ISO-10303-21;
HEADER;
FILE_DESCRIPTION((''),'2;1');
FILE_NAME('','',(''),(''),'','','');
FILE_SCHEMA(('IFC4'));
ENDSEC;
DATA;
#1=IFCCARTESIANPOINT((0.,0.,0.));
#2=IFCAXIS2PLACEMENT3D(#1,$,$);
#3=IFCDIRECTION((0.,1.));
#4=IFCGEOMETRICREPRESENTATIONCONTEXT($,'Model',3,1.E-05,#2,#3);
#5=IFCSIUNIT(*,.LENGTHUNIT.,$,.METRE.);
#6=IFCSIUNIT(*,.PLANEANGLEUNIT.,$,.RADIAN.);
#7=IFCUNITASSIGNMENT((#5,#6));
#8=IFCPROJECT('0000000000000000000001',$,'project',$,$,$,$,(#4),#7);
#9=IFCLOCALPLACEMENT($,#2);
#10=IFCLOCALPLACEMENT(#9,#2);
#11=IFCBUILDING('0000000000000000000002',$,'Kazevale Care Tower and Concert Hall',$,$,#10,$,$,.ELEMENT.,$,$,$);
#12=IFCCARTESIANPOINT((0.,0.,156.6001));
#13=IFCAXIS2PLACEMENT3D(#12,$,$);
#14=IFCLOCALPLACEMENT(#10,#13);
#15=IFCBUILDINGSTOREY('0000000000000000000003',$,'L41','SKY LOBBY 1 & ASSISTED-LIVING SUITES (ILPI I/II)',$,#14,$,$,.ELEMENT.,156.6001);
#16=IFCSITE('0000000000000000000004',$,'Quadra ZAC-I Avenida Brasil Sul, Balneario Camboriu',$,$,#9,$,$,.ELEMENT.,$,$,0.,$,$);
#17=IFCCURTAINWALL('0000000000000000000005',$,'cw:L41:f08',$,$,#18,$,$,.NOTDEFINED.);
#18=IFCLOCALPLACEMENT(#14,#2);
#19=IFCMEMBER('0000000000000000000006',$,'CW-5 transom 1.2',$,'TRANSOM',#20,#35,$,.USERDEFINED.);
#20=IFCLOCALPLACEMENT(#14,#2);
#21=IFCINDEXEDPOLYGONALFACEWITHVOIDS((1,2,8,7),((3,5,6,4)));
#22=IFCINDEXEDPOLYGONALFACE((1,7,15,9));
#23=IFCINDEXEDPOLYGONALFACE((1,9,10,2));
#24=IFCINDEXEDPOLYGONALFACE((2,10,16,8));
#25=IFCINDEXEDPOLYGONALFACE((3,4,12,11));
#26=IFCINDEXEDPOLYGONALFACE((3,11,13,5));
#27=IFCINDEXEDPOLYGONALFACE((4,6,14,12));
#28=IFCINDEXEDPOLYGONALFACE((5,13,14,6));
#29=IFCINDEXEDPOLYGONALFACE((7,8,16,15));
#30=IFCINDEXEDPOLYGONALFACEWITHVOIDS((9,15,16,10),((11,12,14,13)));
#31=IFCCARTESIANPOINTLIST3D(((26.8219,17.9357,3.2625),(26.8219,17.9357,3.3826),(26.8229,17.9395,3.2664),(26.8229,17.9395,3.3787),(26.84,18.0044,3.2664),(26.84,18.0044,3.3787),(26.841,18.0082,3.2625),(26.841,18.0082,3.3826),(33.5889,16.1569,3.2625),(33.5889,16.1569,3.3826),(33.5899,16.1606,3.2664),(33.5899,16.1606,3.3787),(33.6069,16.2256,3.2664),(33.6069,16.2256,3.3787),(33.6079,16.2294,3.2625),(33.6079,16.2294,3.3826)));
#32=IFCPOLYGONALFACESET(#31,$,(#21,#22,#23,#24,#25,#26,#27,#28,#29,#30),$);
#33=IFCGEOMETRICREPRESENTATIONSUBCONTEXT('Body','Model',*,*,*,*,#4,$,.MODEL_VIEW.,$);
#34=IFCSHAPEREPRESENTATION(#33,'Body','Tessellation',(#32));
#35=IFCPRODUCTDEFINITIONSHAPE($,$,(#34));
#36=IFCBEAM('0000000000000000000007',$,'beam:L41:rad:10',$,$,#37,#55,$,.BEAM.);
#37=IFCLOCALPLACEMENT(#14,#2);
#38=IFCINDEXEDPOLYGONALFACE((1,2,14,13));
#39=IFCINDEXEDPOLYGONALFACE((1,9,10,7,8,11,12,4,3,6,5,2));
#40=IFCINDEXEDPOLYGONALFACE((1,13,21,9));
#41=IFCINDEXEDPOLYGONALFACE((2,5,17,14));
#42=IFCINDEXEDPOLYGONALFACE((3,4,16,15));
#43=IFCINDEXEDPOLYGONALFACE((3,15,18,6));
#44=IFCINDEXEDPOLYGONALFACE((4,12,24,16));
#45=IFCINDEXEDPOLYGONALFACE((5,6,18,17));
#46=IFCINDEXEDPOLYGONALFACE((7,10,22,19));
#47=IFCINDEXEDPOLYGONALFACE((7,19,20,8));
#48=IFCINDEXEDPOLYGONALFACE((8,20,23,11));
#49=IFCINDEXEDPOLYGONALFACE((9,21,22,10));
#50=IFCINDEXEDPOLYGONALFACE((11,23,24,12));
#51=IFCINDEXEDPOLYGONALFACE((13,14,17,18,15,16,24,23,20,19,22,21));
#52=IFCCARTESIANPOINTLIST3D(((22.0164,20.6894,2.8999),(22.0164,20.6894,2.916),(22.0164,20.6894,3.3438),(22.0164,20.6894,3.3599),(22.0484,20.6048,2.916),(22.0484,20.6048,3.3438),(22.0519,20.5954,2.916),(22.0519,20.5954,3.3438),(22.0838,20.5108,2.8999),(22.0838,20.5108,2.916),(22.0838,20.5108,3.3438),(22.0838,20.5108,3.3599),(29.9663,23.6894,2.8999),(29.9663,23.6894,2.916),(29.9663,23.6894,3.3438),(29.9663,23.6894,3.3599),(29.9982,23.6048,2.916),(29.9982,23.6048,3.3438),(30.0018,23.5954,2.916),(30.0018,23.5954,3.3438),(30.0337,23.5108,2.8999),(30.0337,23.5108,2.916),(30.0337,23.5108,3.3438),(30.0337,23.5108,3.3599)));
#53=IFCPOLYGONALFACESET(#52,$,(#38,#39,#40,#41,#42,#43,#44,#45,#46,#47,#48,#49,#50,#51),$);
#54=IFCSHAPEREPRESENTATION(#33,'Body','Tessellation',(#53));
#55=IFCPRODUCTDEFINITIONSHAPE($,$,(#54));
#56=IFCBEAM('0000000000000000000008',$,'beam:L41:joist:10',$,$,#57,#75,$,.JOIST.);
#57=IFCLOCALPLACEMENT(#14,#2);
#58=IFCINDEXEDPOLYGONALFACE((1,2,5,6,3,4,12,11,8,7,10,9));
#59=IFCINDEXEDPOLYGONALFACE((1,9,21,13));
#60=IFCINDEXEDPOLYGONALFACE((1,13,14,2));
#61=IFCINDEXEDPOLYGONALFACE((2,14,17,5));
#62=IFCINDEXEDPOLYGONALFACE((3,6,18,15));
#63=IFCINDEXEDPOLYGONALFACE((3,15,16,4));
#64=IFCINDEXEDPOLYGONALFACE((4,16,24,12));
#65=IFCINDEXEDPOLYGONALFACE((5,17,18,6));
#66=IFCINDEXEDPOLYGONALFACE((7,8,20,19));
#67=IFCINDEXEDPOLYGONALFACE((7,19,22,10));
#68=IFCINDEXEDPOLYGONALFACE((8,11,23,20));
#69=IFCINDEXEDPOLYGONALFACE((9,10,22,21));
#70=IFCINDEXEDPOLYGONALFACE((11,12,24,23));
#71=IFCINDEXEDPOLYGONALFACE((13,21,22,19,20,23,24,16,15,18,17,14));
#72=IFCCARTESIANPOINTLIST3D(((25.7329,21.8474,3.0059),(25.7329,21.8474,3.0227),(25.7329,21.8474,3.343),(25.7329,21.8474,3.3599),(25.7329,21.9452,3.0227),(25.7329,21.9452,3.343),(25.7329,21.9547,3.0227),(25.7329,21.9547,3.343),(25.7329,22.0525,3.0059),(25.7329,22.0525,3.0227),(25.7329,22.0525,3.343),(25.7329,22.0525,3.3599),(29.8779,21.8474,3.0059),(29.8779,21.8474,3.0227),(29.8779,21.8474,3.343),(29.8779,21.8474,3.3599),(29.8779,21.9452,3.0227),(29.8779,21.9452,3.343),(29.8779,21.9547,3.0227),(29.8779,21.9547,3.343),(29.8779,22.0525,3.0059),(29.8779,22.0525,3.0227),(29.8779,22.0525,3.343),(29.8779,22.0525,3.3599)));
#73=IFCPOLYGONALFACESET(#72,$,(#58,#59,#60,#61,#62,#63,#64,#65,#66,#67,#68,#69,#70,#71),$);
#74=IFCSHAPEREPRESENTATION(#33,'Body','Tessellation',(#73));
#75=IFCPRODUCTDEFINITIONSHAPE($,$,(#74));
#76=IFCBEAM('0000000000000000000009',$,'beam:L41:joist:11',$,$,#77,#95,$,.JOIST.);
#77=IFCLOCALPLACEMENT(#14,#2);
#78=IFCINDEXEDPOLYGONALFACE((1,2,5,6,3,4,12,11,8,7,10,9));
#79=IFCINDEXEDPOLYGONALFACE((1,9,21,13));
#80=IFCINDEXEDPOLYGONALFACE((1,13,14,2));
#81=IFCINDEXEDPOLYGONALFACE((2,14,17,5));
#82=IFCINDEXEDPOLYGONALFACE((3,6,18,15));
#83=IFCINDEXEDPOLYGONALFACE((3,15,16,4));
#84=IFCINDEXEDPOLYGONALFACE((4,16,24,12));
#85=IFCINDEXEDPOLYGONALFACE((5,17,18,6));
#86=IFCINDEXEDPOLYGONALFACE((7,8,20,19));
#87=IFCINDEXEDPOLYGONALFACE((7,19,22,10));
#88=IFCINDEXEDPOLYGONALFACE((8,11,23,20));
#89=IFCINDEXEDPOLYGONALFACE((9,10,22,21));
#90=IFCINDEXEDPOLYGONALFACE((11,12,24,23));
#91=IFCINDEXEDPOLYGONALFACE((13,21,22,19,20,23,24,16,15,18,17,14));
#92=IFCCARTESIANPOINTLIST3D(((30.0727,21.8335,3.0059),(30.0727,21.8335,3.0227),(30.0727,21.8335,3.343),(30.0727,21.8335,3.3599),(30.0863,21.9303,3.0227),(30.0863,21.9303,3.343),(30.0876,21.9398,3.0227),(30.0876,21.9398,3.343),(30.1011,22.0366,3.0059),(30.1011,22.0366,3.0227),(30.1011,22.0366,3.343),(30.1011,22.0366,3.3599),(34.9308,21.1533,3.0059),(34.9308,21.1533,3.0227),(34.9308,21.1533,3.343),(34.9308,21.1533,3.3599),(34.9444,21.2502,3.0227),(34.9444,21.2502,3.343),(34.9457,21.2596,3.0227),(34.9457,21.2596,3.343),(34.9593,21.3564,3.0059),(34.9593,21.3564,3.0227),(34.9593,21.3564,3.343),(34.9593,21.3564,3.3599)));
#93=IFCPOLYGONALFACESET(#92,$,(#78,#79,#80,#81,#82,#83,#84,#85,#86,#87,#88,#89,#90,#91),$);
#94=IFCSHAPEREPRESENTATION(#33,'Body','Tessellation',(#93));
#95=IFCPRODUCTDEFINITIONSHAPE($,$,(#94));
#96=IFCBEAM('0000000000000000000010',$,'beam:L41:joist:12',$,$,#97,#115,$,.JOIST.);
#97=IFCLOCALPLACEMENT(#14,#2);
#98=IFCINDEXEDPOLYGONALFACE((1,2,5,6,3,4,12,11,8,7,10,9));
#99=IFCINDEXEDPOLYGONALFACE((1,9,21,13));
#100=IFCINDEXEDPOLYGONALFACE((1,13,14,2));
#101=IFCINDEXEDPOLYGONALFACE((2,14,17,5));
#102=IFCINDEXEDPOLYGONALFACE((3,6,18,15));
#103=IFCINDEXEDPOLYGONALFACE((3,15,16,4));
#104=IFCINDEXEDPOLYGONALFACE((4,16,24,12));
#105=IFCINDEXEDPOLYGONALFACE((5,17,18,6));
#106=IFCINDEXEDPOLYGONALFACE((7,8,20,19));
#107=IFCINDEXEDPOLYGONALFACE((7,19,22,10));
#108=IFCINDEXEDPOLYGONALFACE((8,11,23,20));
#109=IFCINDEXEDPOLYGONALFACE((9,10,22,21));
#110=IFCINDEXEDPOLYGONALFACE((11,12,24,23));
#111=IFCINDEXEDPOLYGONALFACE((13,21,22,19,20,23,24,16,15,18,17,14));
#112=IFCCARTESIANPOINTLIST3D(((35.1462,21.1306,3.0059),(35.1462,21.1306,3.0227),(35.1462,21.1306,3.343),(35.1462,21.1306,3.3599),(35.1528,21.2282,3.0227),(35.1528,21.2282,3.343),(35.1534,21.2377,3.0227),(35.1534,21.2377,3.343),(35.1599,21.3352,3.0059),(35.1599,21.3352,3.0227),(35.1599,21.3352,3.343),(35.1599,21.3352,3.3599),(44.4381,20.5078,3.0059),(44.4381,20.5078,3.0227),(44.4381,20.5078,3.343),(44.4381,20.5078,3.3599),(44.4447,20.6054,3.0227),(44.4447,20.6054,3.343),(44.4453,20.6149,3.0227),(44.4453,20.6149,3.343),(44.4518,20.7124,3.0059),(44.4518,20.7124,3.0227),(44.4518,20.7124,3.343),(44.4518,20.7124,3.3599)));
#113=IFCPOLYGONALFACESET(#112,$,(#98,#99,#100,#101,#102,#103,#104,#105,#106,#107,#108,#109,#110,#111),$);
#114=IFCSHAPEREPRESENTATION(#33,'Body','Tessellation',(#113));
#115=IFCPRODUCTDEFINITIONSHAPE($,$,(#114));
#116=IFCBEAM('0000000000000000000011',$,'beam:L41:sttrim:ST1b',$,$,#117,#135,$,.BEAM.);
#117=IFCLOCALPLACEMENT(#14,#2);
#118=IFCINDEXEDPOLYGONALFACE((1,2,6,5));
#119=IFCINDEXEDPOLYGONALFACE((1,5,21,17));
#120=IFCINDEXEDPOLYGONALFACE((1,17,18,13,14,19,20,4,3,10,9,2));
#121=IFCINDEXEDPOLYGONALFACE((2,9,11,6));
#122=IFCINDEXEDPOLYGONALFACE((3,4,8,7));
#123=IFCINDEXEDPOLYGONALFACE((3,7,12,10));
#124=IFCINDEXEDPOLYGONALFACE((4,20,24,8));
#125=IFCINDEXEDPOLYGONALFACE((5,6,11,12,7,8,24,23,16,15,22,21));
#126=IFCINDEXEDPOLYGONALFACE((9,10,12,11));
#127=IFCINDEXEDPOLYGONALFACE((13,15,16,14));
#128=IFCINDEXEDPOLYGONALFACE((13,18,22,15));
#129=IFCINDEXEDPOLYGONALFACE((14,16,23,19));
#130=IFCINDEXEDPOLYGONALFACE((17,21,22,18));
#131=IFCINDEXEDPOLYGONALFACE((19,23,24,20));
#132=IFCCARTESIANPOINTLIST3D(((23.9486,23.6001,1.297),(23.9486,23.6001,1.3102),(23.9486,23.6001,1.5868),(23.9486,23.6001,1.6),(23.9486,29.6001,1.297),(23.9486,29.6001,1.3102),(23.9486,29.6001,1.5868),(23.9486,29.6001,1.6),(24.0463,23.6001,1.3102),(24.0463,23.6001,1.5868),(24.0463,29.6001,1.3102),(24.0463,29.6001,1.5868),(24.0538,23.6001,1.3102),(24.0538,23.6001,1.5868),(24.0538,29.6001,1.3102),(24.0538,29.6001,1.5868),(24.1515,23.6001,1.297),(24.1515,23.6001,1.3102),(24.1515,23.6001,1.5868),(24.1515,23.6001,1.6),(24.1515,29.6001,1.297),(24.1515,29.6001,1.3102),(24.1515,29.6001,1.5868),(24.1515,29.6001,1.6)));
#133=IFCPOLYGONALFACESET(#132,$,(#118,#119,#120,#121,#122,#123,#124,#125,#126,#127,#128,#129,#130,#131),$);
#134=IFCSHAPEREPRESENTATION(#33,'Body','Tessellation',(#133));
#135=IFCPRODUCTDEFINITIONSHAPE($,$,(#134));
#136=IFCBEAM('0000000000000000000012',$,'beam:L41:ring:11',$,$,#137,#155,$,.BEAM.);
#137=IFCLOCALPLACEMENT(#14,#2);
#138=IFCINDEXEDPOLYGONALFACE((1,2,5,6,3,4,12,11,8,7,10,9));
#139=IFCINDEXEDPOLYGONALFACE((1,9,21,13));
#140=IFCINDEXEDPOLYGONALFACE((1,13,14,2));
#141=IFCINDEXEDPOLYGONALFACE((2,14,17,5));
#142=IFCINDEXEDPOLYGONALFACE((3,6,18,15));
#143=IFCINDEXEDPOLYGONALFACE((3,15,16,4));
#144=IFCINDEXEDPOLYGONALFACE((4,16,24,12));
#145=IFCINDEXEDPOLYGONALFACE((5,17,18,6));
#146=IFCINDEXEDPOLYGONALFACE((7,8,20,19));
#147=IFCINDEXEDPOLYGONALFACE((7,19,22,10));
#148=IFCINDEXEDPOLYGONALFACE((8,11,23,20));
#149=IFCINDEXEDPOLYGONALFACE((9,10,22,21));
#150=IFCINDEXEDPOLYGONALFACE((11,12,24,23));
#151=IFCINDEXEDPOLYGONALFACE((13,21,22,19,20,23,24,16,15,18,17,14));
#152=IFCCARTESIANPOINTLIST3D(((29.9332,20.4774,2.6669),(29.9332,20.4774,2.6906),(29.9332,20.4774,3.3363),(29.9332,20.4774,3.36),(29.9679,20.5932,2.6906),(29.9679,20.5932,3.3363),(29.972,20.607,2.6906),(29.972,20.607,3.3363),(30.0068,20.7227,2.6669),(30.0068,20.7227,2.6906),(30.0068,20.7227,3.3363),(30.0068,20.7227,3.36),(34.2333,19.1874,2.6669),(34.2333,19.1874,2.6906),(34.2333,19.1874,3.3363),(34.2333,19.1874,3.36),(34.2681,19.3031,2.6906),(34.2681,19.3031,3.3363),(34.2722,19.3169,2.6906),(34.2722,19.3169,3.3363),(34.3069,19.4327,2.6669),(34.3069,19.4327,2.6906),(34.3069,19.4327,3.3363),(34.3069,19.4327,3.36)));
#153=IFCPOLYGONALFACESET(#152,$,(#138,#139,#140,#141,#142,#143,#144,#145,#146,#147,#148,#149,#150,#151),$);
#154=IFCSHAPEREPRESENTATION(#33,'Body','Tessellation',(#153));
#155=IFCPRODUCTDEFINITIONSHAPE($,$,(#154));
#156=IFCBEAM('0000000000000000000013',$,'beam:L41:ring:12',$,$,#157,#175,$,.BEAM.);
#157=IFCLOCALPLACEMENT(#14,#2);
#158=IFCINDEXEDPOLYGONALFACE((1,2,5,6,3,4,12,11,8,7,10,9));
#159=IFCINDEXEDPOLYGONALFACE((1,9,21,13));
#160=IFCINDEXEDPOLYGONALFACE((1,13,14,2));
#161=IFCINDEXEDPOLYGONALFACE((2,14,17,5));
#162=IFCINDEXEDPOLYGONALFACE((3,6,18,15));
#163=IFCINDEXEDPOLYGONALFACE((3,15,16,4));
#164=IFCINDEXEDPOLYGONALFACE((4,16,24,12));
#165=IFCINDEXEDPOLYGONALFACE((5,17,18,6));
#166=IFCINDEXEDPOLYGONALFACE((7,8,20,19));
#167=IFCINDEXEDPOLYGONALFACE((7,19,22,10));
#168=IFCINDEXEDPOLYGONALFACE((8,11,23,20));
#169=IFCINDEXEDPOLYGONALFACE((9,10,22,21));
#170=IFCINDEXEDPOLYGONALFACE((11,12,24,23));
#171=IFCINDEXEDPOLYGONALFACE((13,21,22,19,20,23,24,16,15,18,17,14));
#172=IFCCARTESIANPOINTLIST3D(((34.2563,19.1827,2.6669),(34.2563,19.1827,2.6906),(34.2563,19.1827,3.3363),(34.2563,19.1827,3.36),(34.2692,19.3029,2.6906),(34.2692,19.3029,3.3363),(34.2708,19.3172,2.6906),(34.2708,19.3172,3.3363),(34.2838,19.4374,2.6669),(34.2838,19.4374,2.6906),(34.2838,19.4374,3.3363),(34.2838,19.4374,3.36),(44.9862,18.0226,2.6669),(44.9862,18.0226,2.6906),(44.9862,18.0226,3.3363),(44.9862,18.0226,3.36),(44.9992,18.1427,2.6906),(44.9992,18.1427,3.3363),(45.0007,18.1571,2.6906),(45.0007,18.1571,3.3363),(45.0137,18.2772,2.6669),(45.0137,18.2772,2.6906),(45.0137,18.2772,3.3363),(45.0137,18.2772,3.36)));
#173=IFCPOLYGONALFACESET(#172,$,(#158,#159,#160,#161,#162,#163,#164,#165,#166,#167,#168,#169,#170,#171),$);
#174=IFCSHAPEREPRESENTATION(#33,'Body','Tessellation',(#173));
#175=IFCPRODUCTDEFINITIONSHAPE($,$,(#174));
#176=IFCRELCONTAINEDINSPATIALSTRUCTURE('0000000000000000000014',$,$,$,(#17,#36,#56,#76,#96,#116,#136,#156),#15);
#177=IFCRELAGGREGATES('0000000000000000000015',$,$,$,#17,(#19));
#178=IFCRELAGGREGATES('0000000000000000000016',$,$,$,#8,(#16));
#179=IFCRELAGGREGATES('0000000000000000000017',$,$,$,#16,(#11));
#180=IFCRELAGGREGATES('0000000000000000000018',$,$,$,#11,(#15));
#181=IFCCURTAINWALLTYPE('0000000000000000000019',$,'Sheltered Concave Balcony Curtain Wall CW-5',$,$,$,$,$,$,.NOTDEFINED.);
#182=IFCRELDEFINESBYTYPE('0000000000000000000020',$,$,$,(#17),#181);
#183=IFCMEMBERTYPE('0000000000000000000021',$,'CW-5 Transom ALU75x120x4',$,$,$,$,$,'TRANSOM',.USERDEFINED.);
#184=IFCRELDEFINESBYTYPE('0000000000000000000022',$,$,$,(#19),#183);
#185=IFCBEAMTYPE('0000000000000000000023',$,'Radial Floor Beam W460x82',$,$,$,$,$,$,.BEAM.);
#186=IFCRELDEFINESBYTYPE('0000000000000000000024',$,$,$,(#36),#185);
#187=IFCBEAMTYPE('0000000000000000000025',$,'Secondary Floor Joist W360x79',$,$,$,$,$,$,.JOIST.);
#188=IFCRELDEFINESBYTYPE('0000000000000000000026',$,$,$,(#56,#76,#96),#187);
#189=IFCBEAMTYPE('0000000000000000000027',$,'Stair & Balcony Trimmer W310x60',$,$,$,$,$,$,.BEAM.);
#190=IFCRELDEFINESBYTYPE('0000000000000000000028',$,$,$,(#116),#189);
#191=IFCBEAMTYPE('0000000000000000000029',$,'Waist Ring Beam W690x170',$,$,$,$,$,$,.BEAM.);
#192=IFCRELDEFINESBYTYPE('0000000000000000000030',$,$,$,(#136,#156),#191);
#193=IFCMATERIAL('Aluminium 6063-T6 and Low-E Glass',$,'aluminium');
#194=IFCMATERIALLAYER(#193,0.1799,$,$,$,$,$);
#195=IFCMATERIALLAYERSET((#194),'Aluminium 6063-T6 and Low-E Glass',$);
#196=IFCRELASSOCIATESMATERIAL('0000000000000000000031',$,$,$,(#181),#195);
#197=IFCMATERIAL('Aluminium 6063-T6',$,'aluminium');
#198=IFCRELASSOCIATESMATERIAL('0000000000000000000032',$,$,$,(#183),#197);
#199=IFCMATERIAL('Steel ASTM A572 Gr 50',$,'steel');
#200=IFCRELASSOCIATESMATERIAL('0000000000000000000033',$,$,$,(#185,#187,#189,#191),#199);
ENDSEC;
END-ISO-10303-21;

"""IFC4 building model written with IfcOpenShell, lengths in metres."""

from ifc_helpers import new_model, si_unit, direction, frame, origin, origin_2d, place, context, subcontext, project, spatial, hollow_rectangle, i_section, extrude, material, layer, layer_set, material_profile, profile_set, type_object, element, aggregate, save


model = new_model("IFC4")

# Units and contexts
model_context = context("Model", 3, precision=1e-05, world=origin(), true_north=direction((0.0, 1.0)))
body_context = subcontext(model_context, "Body", "Model", "MODEL_VIEW")
ifc_project = project(units=[si_unit("LENGTHUNIT", "METRE"), si_unit("PLANEANGLEUNIT", "RADIAN")], contexts=[model_context])

# Site, building, storey
site_placement = place(None, origin())
site = spatial("IfcSite", under=ifc_project, at=site_placement, Name="Quadra ZAC-I Avenida Brasil Sul, Balneario Camboriu", CompositionType="ELEMENT", RefElevation=0.0)
building_placement = place(site_placement, origin())
building = spatial("IfcBuilding", under=site, at=building_placement, Name="Kazevale Care Tower and Concert Hall", CompositionType="ELEMENT")
storey_placement = place(building_placement, frame((0.0, 0.0, 156.6001)))
storey = spatial("IfcBuildingStorey", under=building, at=storey_placement, Name="L41", Description="SKY LOBBY 1 & ASSISTED-LIVING SUITES (ILPI I/II)", CompositionType="ELEMENT", Elevation=156.6001)

# Shared definitions
ifc_material_1 = material(Name="Aluminium 6063-T6 and Low-E Glass", Category="aluminium")
ifc_layer_1 = layer(ifc_material_1, 0.1799)
ifc_layer_set_1 = layer_set([ifc_layer_1], Name="Aluminium 6063-T6 and Low-E Glass")
curtain_wall_type = type_object("IfcCurtainWallType", Name="Sheltered Concave Balcony Curtain Wall CW-5", PredefinedType="NOTDEFINED", material=ifc_layer_set_1)
ifc_material_2 = material(Name="Aluminium 6063-T6", Category="aluminium")

# Curtain wall, member
curtain_wall_1_placement = place(storey_placement, origin())
curtain_wall_1 = element("IfcCurtainWall", 1, at=curtain_wall_1_placement, inside=storey, type_object=curtain_wall_type, Name="cw:L41:f08", PredefinedType="NOTDEFINED")
ifc_material_profile_1 = material_profile(ifc_material_2, hollow_rectangle(XDim=0.075, YDim=0.1201, WallThickness=0.0039, at=origin_2d()), Name="ALU75x120x4")
ifc_profile_set_1 = profile_set([ifc_material_profile_1], Name="Aluminium 6063-T6")
member_type_1 = type_object("IfcMemberType", Name="CW-5 Transom ALU75x120x4", ElementType="TRANSOM", PredefinedType="USERDEFINED", material=ifc_profile_set_1)
member_1_placement = place(storey_placement, frame((33.5984, 16.1931, 3.3225), z_axis=(-0.967143, 0.254234, 0.0), x_axis=(-0.254234, -0.967143, 0.0)))
member_1 = element("IfcMember", 2, at=member_1_placement, type_object=member_type_1, Name="CW-5 transom 1.2", ObjectType="TRANSOM", PredefinedType="USERDEFINED", context=body_context, shape_type="SweptSolid", body=[
    extrude(hollow_rectangle(XDim=0.075, YDim=0.1201, WallThickness=0.0039, at=origin_2d()), origin(), (0.0, 0.0, 1.0), 6.9968),
])

# Beams
ifc_material_3 = material(Name="Steel ASTM A572 Gr 50", Category="steel")
ifc_material_profile_2 = material_profile(ifc_material_3, i_section(OverallWidth=0.1909, OverallDepth=0.46, WebThickness=0.01, FlangeThickness=0.0161, at=origin_2d()), Name="W460x82")
ifc_profile_set_2 = profile_set([ifc_material_profile_2], Name="Steel ASTM A572 Gr 50")
beam_type_1 = type_object("IfcBeamType", Name="Radial Floor Beam W460x82", PredefinedType="BEAM", material=ifc_profile_set_2)
beam_1_placement = place(storey_placement, frame((30.0, 23.6001, 3.1299), z_axis=(-0.935601, -0.353059, 0.0), x_axis=(0.353059, -0.935601, 0.0)))
element("IfcBeam", 3, at=beam_1_placement, inside=storey, type_object=beam_type_1, Name="beam:L41:rad:10", PredefinedType="BEAM", context=body_context, shape_type="SweptSolid", body=[
    extrude(i_section(OverallWidth=0.1909, OverallDepth=0.46, WebThickness=0.01, FlangeThickness=0.0161, at=origin_2d()), origin(), (0.0, 0.0, 1.0), 8.4971),
])
ifc_material_profile_3 = material_profile(ifc_material_3, i_section(OverallWidth=0.2051, OverallDepth=0.354, WebThickness=0.0095, FlangeThickness=0.0168, at=origin_2d()), Name="W360x79")
ifc_profile_set_3 = profile_set([ifc_material_profile_3], Name="Steel ASTM A572 Gr 50")
beam_type_2 = type_object("IfcBeamType", Name="Secondary Floor Joist W360x79", PredefinedType="JOIST", material=ifc_profile_set_3)
beam_2_placement = place(storey_placement, frame((25.7329, 21.95, 3.1829), z_axis=(1.0, 0.0, 0.0), x_axis=(0.0, 1.0, 0.0)))
element("IfcBeam", 4, at=beam_2_placement, inside=storey, type_object=beam_type_2, Name="beam:L41:joist:10", PredefinedType="JOIST", context=body_context, shape_type="SweptSolid", body=[
    extrude(i_section(OverallWidth=0.2051, OverallDepth=0.354, WebThickness=0.0095, FlangeThickness=0.0168, at=origin_2d()), origin(), (0.0, 0.0, 1.0), 4.145),
])
beam_3_placement = place(storey_placement, frame((30.0869, 21.9351, 3.1829), z_axis=(0.990341, -0.138655, 0.0), x_axis=(0.138655, 0.990341, 0.0)))
element("IfcBeam", 5, at=beam_3_placement, inside=storey, type_object=beam_type_2, Name="beam:L41:joist:11", PredefinedType="JOIST", context=body_context, shape_type="SweptSolid", body=[
    extrude(i_section(OverallWidth=0.2051, OverallDepth=0.354, WebThickness=0.0095, FlangeThickness=0.0168, at=origin_2d()), origin(), (0.0, 0.0, 1.0), 4.9055),
])
beam_4_placement = place(storey_placement, frame((35.1531, 21.2329, 3.1829), z_axis=(0.997761, -0.066876, 0.0), x_axis=(0.066876, 0.997761, 0.0)))
element("IfcBeam", 6, at=beam_4_placement, inside=storey, type_object=beam_type_2, Name="beam:L41:joist:12", PredefinedType="JOIST", context=body_context, shape_type="SweptSolid", body=[
    extrude(i_section(OverallWidth=0.2051, OverallDepth=0.354, WebThickness=0.0095, FlangeThickness=0.0168, at=origin_2d()), origin(), (0.0, 0.0, 1.0), 9.3127),
])
ifc_material_profile_4 = material_profile(ifc_material_3, i_section(OverallWidth=0.2029, OverallDepth=0.303, WebThickness=0.0076, FlangeThickness=0.0132, at=origin_2d()), Name="W310x60")
ifc_profile_set_4 = profile_set([ifc_material_profile_4], Name="Steel ASTM A572 Gr 50")
beam_type_3 = type_object("IfcBeamType", Name="Stair & Balcony Trimmer W310x60", PredefinedType="BEAM", material=ifc_profile_set_4)
beam_5_placement = place(storey_placement, frame((24.05, 23.6001, 1.4485), z_axis=(0.0, 1.0, 0.0), x_axis=(-1.0, 0.0, 0.0)))
element("IfcBeam", 7, at=beam_5_placement, inside=storey, type_object=beam_type_3, Name="beam:L41:sttrim:ST1b", PredefinedType="BEAM", context=body_context, shape_type="SweptSolid", body=[
    extrude(i_section(OverallWidth=0.2029, OverallDepth=0.303, WebThickness=0.0076, FlangeThickness=0.0132, at=origin_2d()), origin(), (0.0, 0.0, 1.0), 6.0),
])
ifc_material_profile_5 = material_profile(ifc_material_3, i_section(OverallWidth=0.2561, OverallDepth=0.6931, WebThickness=0.0144, FlangeThickness=0.0237, at=origin_2d()), Name="W690x170")
ifc_profile_set_5 = profile_set([ifc_material_profile_5], Name="Steel ASTM A572 Gr 50")
beam_type_4 = type_object("IfcBeamType", Name="Waist Ring Beam W690x170", PredefinedType="BEAM", material=ifc_profile_set_5)
beam_6_placement = place(storey_placement, frame((29.97, 20.6001, 3.0134), z_axis=(0.957825, -0.287353, 0.0), x_axis=(0.287353, 0.957825, 0.0)))
element("IfcBeam", 8, at=beam_6_placement, inside=storey, type_object=beam_type_4, Name="beam:L41:ring:11", PredefinedType="BEAM", context=body_context, shape_type="SweptSolid", body=[
    extrude(i_section(OverallWidth=0.2561, OverallDepth=0.6931, WebThickness=0.0144, FlangeThickness=0.0237, at=origin_2d()), origin(), (0.0, 0.0, 1.0), 4.4895),
])
beam_7_placement = place(storey_placement, frame((34.27, 19.3101, 3.0134), z_axis=(0.994205, -0.107496, 0.0), x_axis=(0.107496, 0.994205, 0.0)))
element("IfcBeam", 9, at=beam_7_placement, inside=storey, type_object=beam_type_4, Name="beam:L41:ring:12", PredefinedType="BEAM", context=body_context, shape_type="SweptSolid", body=[
    extrude(i_section(OverallWidth=0.2561, OverallDepth=0.6931, WebThickness=0.0144, FlangeThickness=0.0237, at=origin_2d()), origin(), (0.0, 0.0, 1.0), 10.7925),
])

aggregate(curtain_wall_1, [member_1])

save(model, "model.ifc")
